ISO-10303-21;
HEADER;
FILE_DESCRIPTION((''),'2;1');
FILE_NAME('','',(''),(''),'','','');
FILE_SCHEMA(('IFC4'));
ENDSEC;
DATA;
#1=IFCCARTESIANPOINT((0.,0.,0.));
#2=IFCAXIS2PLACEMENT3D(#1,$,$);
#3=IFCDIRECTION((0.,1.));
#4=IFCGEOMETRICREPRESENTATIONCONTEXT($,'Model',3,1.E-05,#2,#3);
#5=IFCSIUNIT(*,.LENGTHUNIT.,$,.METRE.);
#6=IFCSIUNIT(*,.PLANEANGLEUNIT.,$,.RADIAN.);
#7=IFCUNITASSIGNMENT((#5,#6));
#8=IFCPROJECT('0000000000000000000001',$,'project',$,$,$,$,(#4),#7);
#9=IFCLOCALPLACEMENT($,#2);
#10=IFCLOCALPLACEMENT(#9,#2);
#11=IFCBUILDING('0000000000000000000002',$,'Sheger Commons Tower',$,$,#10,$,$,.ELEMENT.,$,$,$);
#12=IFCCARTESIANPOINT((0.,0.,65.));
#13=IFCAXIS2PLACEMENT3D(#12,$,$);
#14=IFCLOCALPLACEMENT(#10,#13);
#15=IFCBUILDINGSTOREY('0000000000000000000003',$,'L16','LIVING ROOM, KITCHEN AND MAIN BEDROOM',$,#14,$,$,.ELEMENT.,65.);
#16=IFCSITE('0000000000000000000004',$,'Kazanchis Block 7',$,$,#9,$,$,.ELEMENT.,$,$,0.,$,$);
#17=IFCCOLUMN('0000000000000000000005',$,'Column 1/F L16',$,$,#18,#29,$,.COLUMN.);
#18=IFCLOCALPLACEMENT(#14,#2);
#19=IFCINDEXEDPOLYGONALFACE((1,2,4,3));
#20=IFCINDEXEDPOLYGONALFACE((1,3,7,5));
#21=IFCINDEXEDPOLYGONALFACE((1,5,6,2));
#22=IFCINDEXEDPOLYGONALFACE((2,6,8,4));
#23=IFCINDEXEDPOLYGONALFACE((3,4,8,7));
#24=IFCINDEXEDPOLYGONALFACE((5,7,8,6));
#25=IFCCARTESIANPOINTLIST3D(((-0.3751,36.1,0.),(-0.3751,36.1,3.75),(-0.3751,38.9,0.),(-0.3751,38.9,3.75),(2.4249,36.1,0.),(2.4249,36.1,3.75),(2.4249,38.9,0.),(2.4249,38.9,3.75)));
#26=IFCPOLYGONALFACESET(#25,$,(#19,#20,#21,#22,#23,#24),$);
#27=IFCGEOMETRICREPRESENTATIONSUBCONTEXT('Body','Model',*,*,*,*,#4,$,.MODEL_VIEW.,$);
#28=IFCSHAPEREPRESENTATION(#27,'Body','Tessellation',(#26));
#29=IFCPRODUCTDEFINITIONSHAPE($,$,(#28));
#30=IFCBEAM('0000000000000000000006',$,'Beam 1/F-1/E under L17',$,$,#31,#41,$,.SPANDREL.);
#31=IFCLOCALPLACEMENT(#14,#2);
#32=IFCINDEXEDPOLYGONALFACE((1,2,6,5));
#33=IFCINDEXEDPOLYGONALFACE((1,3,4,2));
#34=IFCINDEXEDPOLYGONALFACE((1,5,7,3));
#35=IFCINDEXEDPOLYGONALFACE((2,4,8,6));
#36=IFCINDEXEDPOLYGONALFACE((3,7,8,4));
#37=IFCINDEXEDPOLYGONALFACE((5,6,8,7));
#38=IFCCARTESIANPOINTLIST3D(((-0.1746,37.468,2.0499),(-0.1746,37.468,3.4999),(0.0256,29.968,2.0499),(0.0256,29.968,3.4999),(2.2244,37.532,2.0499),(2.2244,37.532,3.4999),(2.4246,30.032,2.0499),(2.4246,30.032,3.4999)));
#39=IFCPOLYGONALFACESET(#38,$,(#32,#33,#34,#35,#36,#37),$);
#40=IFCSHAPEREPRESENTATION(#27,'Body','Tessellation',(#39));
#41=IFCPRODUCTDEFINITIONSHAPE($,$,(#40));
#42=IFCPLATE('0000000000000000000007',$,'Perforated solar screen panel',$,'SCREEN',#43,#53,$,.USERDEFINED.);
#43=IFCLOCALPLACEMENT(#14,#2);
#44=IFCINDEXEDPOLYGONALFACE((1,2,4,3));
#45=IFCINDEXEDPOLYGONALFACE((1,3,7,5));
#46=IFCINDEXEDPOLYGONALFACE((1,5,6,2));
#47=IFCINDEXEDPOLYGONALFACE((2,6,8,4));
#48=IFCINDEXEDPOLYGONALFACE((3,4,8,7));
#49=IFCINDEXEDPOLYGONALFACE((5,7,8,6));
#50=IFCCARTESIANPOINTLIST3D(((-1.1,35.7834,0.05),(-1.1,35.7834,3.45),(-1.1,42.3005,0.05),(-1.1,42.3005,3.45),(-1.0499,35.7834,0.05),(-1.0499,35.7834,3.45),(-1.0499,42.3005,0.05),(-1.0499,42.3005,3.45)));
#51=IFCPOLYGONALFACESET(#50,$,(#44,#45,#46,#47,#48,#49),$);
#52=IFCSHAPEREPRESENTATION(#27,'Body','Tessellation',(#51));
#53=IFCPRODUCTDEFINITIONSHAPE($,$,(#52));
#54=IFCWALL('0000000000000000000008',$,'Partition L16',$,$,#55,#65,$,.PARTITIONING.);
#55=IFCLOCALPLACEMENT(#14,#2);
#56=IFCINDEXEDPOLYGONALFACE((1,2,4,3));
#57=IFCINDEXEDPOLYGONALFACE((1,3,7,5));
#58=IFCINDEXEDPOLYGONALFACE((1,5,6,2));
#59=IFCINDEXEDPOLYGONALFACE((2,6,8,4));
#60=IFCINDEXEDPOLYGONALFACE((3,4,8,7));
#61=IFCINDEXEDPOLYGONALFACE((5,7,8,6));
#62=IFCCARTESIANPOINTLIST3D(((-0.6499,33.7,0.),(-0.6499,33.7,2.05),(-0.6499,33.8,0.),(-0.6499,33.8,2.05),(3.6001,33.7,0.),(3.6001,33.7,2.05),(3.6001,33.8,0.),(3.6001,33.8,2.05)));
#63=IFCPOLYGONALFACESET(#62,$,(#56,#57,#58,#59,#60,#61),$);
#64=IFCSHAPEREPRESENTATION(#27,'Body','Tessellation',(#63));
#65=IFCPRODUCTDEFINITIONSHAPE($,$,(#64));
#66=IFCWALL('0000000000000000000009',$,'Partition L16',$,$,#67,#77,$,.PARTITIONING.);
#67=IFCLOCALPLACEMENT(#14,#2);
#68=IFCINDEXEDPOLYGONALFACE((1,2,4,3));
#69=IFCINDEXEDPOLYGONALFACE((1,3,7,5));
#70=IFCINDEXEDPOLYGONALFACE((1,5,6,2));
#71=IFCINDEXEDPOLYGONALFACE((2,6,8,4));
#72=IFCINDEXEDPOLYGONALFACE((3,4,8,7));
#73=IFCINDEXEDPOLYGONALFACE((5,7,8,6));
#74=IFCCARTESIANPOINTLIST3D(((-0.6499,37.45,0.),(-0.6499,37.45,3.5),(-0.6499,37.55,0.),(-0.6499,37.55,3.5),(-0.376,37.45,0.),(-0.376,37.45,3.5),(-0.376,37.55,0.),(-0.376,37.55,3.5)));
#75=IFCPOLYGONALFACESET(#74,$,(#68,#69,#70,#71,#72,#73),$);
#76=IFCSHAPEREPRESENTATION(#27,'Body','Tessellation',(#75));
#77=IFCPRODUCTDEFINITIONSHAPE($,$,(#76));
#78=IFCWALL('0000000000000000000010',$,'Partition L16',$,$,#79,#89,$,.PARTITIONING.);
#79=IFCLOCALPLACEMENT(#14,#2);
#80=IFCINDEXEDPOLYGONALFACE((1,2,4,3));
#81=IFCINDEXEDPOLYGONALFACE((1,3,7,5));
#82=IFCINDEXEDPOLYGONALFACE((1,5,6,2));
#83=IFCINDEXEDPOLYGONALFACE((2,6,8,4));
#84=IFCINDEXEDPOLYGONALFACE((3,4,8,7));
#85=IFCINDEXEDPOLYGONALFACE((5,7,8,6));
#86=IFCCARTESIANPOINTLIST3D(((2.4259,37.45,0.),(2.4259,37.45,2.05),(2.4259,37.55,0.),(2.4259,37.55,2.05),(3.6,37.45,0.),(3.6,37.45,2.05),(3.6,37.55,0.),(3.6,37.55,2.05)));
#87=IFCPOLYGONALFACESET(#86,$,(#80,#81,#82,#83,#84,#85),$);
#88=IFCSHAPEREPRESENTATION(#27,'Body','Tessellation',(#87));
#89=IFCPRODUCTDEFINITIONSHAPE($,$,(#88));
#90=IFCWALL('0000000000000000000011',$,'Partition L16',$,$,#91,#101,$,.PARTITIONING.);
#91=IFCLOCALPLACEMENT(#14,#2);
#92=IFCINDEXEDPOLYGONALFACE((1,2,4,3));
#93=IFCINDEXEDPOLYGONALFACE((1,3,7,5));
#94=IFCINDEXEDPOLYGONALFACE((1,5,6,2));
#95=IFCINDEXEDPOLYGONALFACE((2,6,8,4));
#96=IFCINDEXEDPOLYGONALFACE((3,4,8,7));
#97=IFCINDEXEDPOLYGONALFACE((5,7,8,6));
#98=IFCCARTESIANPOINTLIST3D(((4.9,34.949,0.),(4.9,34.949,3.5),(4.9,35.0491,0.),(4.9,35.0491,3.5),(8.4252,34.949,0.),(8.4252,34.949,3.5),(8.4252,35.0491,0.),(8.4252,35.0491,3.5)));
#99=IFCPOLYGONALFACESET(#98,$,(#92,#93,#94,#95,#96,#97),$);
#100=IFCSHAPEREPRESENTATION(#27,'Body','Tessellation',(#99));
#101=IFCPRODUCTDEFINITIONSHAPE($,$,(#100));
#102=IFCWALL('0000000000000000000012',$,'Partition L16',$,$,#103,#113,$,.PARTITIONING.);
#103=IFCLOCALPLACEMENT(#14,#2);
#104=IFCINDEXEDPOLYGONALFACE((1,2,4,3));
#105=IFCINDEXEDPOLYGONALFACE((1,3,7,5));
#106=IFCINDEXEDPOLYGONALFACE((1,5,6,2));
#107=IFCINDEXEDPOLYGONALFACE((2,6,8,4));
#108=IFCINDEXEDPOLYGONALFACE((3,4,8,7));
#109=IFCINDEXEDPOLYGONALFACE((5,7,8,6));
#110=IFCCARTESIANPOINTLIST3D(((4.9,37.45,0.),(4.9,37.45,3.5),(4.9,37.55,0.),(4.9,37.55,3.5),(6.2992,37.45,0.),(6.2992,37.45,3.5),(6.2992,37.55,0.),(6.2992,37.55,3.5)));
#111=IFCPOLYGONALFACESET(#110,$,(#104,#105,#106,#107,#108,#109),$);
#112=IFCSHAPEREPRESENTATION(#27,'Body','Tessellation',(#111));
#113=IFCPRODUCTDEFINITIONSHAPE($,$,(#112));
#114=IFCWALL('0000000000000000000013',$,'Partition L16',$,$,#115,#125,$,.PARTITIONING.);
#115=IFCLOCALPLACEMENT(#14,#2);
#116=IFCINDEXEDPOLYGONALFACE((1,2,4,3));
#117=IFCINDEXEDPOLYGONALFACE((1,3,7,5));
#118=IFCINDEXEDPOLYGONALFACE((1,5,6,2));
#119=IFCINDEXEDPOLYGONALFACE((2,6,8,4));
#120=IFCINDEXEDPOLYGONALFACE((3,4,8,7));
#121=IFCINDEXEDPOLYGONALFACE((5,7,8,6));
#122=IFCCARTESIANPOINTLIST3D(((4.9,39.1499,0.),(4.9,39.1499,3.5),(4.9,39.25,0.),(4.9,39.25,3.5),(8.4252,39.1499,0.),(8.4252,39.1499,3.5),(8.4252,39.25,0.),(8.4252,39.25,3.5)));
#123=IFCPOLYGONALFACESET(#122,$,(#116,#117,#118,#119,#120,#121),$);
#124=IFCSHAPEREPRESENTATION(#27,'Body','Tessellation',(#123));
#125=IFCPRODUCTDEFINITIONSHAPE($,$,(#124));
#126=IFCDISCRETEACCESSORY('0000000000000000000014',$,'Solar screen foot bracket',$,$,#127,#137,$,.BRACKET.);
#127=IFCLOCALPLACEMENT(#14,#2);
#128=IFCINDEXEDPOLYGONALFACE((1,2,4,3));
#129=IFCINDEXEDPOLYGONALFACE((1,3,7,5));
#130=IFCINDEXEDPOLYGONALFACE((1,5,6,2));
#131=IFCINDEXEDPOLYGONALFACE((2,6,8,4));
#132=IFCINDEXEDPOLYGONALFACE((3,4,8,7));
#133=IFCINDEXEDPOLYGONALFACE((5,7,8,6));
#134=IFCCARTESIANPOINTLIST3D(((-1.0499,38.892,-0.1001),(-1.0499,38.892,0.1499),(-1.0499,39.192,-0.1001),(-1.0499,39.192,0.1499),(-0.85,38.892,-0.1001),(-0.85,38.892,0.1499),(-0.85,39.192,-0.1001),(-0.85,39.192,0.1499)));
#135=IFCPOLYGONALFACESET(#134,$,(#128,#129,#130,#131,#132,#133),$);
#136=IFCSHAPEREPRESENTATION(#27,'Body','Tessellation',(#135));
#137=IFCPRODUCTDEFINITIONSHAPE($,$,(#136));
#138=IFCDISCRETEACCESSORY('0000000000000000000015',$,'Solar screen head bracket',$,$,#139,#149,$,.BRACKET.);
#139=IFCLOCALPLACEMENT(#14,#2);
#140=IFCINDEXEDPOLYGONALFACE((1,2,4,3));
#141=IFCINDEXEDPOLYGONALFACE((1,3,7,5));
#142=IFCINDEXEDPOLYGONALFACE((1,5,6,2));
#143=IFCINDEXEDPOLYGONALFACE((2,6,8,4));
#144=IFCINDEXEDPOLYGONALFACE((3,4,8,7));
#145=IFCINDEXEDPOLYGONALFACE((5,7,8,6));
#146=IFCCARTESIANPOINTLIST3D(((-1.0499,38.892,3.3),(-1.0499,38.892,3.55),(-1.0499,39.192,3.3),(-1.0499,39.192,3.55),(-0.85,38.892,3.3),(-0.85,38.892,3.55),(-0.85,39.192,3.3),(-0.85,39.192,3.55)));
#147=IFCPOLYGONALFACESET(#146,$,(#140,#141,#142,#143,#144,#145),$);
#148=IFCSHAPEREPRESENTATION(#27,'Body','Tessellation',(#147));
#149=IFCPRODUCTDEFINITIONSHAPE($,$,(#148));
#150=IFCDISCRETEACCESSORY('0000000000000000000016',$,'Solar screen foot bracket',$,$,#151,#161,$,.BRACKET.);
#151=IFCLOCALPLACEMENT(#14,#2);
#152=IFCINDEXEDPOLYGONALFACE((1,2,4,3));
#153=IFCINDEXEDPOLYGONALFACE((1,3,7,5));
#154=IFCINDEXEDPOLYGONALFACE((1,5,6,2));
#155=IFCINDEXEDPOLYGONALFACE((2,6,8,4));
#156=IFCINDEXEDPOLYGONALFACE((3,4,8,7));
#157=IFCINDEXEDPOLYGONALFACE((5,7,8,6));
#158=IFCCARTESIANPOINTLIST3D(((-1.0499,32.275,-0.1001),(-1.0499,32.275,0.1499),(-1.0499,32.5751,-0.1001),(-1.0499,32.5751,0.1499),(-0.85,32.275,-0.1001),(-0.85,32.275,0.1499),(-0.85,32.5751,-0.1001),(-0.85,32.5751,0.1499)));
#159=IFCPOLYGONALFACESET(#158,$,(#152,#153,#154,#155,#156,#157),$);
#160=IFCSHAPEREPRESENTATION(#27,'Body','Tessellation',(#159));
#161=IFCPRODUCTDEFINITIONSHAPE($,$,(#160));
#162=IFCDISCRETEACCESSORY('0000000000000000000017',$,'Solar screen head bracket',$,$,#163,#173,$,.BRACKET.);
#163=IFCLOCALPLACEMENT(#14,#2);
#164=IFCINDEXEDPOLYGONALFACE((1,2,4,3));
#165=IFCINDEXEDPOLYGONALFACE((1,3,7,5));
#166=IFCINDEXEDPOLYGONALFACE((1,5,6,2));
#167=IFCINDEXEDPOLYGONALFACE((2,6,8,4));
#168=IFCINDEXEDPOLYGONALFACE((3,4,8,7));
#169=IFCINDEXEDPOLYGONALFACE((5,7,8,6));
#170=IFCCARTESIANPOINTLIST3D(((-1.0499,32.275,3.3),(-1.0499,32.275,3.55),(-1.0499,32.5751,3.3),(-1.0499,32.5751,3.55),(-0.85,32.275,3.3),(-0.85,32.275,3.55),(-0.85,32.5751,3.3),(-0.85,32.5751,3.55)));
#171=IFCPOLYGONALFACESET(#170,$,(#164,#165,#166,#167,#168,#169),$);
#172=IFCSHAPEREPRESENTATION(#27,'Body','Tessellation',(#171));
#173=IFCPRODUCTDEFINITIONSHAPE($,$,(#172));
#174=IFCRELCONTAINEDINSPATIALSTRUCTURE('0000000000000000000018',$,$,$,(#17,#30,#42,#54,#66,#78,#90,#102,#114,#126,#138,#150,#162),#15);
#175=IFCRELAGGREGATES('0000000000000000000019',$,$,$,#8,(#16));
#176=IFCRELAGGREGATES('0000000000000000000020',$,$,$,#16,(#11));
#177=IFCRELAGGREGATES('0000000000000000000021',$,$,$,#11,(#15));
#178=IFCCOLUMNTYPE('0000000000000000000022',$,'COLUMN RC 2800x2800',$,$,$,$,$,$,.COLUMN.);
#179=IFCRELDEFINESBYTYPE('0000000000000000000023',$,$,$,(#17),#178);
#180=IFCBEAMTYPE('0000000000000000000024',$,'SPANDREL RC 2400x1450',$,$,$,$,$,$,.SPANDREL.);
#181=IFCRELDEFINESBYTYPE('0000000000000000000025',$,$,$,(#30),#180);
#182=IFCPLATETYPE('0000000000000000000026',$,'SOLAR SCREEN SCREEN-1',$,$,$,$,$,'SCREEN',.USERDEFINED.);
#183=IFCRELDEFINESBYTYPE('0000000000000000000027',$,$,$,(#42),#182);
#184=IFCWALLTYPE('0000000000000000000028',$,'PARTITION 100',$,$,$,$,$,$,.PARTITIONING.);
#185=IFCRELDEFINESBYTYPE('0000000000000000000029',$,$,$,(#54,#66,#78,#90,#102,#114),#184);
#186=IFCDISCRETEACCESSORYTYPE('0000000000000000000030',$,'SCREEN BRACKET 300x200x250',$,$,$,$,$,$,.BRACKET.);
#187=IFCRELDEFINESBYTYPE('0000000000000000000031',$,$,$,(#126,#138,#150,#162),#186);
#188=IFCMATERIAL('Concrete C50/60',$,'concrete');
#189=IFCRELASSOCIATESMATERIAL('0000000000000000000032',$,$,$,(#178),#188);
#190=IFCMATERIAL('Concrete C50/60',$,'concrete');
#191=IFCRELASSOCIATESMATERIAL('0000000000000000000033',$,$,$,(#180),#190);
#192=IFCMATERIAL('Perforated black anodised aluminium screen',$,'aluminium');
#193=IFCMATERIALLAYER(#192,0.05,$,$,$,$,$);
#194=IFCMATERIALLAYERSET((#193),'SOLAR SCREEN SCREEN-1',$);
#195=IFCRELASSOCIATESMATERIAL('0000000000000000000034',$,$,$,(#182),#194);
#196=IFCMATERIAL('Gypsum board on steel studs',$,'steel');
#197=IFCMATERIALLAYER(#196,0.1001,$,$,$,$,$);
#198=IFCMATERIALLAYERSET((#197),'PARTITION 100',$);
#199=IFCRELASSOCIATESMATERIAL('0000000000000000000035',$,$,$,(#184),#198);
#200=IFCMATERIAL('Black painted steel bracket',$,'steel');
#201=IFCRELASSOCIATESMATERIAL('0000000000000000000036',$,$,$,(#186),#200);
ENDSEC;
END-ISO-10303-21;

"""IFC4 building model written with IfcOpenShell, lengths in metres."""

from ifc_helpers import new_model, si_unit, direction, frame, frame_2d, origin, origin_2d, place, context, subcontext, project, spatial, rectangle, extrude, material, layer, layer_set, material_profile, profile_set, type_object, element, save


model = new_model("IFC4")

# Units and contexts
model_context = context("Model", 3, precision=1e-05, world=origin(), true_north=direction((0.0, 1.0)))
body_context = subcontext(model_context, "Body", "Model", "MODEL_VIEW")
ifc_project = project(units=[si_unit("LENGTHUNIT", "METRE"), si_unit("PLANEANGLEUNIT", "RADIAN")], contexts=[model_context])

# Site, building, storey
site_placement = place(None, origin())
site = spatial("IfcSite", under=ifc_project, at=site_placement, Name="Kazanchis Block 7", CompositionType="ELEMENT", RefElevation=0.0)
building_placement = place(site_placement, origin())
building = spatial("IfcBuilding", under=site, at=building_placement, Name="Sheger Commons Tower", CompositionType="ELEMENT")
storey_placement = place(building_placement, frame((0.0, 0.0, 65.0)))
storey = spatial("IfcBuildingStorey", under=building, at=storey_placement, Name="L16", Description="LIVING ROOM, KITCHEN AND MAIN BEDROOM", CompositionType="ELEMENT", Elevation=65.0)

# Column
ifc_material_1 = material(Name="Concrete C50/60", Category="concrete")
ifc_material_profile_1 = material_profile(ifc_material_1, rectangle(XDim=2.8, YDim=2.8, at=origin_2d()), Name="RC 2800x2800")
ifc_profile_set_1 = profile_set([ifc_material_profile_1], Name="Concrete C50/60")
column_type = type_object("IfcColumnType", Name="COLUMN RC 2800x2800", PredefinedType="COLUMN", material=ifc_profile_set_1)
column_placement = place(storey_placement, frame((1.0249, 37.5, 0.0), z_axis=(0.0, 0.0, 1.0), x_axis=(1.0, 0.0, 0.0)))
element("IfcColumn", 1, at=column_placement, inside=storey, type_object=column_type, Name="Column 1/F L16", PredefinedType="COLUMN", context=body_context, shape_type="SweptSolid", body=[
    extrude(rectangle(XDim=2.8, YDim=2.8, at=origin_2d()), origin(), (0.0, 0.0, 1.0), 3.75),
])

# Beam
ifc_material_2 = material(Name="Concrete C50/60", Category="concrete")
ifc_material_profile_2 = material_profile(ifc_material_2, rectangle(XDim=2.3999, YDim=1.45, at=origin_2d()), Name="RC 2400x1450")
ifc_profile_set_2 = profile_set([ifc_material_profile_2], Name="Concrete C50/60")
beam_type = type_object("IfcBeamType", Name="SPANDREL RC 2400x1450", PredefinedType="SPANDREL", material=ifc_profile_set_2)
beam_placement = place(storey_placement, frame((1.0249, 37.5, 2.7749), z_axis=(0.026683, -0.999644, 0.0), x_axis=(0.999644, 0.026683, 0.0)))
element("IfcBeam", 2, at=beam_placement, inside=storey, type_object=beam_type, Name="Beam 1/F-1/E under L17", PredefinedType="SPANDREL", context=body_context, shape_type="SweptSolid", body=[
    extrude(rectangle(XDim=2.3999, YDim=1.45, at=origin_2d()), origin(), (0.0, 0.0, 1.0), 7.5027),
])

# Plate
ifc_material_3 = material(Name="Perforated black anodised aluminium screen", Category="aluminium")
ifc_layer_1 = layer(ifc_material_3, 0.05)
ifc_layer_set_1 = layer_set([ifc_layer_1], Name="SOLAR SCREEN SCREEN-1")
plate_type = type_object("IfcPlateType", Name="SOLAR SCREEN SCREEN-1", ElementType="SCREEN", PredefinedType="USERDEFINED", material=ifc_layer_set_1)
plate_placement = place(storey_placement, frame((-1.075, 39.042, 0.05), z_axis=(0.0, 0.0, 1.0), x_axis=(0.0, -1.0, 0.0)))
element("IfcPlate", 3, at=plate_placement, inside=storey, type_object=plate_type, Name="Perforated solar screen panel", ObjectType="SCREEN", PredefinedType="USERDEFINED", context=body_context, shape_type="SweptSolid", body=[
    extrude(rectangle(XDim=6.5171, YDim=0.05, at=origin_2d()), origin(), (0.0, 0.0, 1.0), 3.3999),
])

# Walls
ifc_material_4 = material(Name="Gypsum board on steel studs", Category="steel")
ifc_layer_2 = layer(ifc_material_4, 0.1001)
ifc_layer_set_2 = layer_set([ifc_layer_2], Name="PARTITION 100")
wall_type = type_object("IfcWallType", Name="PARTITION 100", PredefinedType="PARTITIONING", material=ifc_layer_set_2)
wall_1_placement = place(storey_placement, frame((-0.6499, 33.75, 0.0), z_axis=(0.0, 0.0, 1.0), x_axis=(1.0, 0.0, 0.0)))
element("IfcWall", 4, at=wall_1_placement, inside=storey, type_object=wall_type, Name="Partition L16", PredefinedType="PARTITIONING", context=body_context, shape_type="SweptSolid", body=[
    extrude(rectangle(XDim=4.25, YDim=0.1001, at=frame_2d((2.125, 0.0))), origin(), (0.0, 0.0, 1.0), 2.05),
])
wall_2_placement = place(storey_placement, frame((-0.6499, 37.5, 0.0), z_axis=(0.0, 0.0, 1.0), x_axis=(1.0, 0.0, 0.0)))
element("IfcWall", 5, at=wall_2_placement, inside=storey, type_object=wall_type, Name="Partition L16", PredefinedType="PARTITIONING", context=body_context, shape_type="SweptSolid", body=[
    extrude(rectangle(XDim=0.2739, YDim=0.1001, at=frame_2d((0.137, 0.0))), origin(), (0.0, 0.0, 1.0), 3.5),
])
wall_3_placement = place(storey_placement, frame((2.426, 37.5, 0.0), z_axis=(0.0, 0.0, 1.0), x_axis=(1.0, 0.0, 0.0)))
element("IfcWall", 6, at=wall_3_placement, inside=storey, type_object=wall_type, Name="Partition L16", PredefinedType="PARTITIONING", context=body_context, shape_type="SweptSolid", body=[
    extrude(rectangle(XDim=1.1741, YDim=0.1001, at=frame_2d((0.5869, 0.0))), origin(), (0.0, 0.0, 1.0), 2.05),
])
wall_4_placement = place(storey_placement, frame((4.8999, 34.999, 0.0), z_axis=(0.0, 0.0, 1.0), x_axis=(1.0, 0.0, 0.0)))
element("IfcWall", 7, at=wall_4_placement, inside=storey, type_object=wall_type, Name="Partition L16", PredefinedType="PARTITIONING", context=body_context, shape_type="SweptSolid", body=[
    extrude(rectangle(XDim=3.5251, YDim=0.1001, at=frame_2d((1.7627, 0.0))), origin(), (0.0, 0.0, 1.0), 3.5),
])
wall_5_placement = place(storey_placement, frame((4.8999, 37.5, 0.0), z_axis=(0.0, 0.0, 1.0), x_axis=(1.0, 0.0, 0.0)))
element("IfcWall", 8, at=wall_5_placement, inside=storey, type_object=wall_type, Name="Partition L16", PredefinedType="PARTITIONING", context=body_context, shape_type="SweptSolid", body=[
    extrude(rectangle(XDim=1.3992, YDim=0.1001, at=frame_2d((0.6997, 0.0))), origin(), (0.0, 0.0, 1.0), 3.5),
])
wall_6_placement = place(storey_placement, frame((4.8999, 39.2, 0.0), z_axis=(0.0, 0.0, 1.0), x_axis=(1.0, 0.0, 0.0)))
element("IfcWall", 9, at=wall_6_placement, inside=storey, type_object=wall_type, Name="Partition L16", PredefinedType="PARTITIONING", context=body_context, shape_type="SweptSolid", body=[
    extrude(rectangle(XDim=3.5251, YDim=0.1001, at=frame_2d((1.7627, 0.0))), origin(), (0.0, 0.0, 1.0), 3.5),
])

# Discrete accessories
ifc_material_5 = material(Name="Black painted steel bracket", Category="steel")
discrete_accessory_type = type_object("IfcDiscreteAccessoryType", Name="SCREEN BRACKET 300x200x250", PredefinedType="BRACKET", material=ifc_material_5)
for number, where, z_axis, x_axis, name in (
    (10, (-0.95, 39.042, -0.1001), (0.0, 0.0, 1.0), (0.0, -1.0, 0.0), "Solar screen foot bracket"),
    (11, (-0.95, 39.042, 3.3), (0.0, 0.0, 1.0), (0.0, -1.0, 0.0), "Solar screen head bracket"),
    (12, (-0.95, 32.425, -0.1001), (0.0, 0.0, 1.0), (0.0, -1.0, 0.0), "Solar screen foot bracket"),
    (13, (-0.95, 32.425, 3.3), (0.0, 0.0, 1.0), (0.0, -1.0, 0.0), "Solar screen head bracket"),
):
    element("IfcDiscreteAccessory", number, at=place(storey_placement, frame(where, z_axis=z_axis, x_axis=x_axis)), inside=storey, type_object=discrete_accessory_type, Name=name, PredefinedType="BRACKET", context=body_context, shape_type="SweptSolid", body=[
        extrude(rectangle(XDim=0.3, YDim=0.2, at=origin_2d()), origin(), (0.0, 0.0, 1.0), 0.25),
    ])

save(model, "model.ifc")
